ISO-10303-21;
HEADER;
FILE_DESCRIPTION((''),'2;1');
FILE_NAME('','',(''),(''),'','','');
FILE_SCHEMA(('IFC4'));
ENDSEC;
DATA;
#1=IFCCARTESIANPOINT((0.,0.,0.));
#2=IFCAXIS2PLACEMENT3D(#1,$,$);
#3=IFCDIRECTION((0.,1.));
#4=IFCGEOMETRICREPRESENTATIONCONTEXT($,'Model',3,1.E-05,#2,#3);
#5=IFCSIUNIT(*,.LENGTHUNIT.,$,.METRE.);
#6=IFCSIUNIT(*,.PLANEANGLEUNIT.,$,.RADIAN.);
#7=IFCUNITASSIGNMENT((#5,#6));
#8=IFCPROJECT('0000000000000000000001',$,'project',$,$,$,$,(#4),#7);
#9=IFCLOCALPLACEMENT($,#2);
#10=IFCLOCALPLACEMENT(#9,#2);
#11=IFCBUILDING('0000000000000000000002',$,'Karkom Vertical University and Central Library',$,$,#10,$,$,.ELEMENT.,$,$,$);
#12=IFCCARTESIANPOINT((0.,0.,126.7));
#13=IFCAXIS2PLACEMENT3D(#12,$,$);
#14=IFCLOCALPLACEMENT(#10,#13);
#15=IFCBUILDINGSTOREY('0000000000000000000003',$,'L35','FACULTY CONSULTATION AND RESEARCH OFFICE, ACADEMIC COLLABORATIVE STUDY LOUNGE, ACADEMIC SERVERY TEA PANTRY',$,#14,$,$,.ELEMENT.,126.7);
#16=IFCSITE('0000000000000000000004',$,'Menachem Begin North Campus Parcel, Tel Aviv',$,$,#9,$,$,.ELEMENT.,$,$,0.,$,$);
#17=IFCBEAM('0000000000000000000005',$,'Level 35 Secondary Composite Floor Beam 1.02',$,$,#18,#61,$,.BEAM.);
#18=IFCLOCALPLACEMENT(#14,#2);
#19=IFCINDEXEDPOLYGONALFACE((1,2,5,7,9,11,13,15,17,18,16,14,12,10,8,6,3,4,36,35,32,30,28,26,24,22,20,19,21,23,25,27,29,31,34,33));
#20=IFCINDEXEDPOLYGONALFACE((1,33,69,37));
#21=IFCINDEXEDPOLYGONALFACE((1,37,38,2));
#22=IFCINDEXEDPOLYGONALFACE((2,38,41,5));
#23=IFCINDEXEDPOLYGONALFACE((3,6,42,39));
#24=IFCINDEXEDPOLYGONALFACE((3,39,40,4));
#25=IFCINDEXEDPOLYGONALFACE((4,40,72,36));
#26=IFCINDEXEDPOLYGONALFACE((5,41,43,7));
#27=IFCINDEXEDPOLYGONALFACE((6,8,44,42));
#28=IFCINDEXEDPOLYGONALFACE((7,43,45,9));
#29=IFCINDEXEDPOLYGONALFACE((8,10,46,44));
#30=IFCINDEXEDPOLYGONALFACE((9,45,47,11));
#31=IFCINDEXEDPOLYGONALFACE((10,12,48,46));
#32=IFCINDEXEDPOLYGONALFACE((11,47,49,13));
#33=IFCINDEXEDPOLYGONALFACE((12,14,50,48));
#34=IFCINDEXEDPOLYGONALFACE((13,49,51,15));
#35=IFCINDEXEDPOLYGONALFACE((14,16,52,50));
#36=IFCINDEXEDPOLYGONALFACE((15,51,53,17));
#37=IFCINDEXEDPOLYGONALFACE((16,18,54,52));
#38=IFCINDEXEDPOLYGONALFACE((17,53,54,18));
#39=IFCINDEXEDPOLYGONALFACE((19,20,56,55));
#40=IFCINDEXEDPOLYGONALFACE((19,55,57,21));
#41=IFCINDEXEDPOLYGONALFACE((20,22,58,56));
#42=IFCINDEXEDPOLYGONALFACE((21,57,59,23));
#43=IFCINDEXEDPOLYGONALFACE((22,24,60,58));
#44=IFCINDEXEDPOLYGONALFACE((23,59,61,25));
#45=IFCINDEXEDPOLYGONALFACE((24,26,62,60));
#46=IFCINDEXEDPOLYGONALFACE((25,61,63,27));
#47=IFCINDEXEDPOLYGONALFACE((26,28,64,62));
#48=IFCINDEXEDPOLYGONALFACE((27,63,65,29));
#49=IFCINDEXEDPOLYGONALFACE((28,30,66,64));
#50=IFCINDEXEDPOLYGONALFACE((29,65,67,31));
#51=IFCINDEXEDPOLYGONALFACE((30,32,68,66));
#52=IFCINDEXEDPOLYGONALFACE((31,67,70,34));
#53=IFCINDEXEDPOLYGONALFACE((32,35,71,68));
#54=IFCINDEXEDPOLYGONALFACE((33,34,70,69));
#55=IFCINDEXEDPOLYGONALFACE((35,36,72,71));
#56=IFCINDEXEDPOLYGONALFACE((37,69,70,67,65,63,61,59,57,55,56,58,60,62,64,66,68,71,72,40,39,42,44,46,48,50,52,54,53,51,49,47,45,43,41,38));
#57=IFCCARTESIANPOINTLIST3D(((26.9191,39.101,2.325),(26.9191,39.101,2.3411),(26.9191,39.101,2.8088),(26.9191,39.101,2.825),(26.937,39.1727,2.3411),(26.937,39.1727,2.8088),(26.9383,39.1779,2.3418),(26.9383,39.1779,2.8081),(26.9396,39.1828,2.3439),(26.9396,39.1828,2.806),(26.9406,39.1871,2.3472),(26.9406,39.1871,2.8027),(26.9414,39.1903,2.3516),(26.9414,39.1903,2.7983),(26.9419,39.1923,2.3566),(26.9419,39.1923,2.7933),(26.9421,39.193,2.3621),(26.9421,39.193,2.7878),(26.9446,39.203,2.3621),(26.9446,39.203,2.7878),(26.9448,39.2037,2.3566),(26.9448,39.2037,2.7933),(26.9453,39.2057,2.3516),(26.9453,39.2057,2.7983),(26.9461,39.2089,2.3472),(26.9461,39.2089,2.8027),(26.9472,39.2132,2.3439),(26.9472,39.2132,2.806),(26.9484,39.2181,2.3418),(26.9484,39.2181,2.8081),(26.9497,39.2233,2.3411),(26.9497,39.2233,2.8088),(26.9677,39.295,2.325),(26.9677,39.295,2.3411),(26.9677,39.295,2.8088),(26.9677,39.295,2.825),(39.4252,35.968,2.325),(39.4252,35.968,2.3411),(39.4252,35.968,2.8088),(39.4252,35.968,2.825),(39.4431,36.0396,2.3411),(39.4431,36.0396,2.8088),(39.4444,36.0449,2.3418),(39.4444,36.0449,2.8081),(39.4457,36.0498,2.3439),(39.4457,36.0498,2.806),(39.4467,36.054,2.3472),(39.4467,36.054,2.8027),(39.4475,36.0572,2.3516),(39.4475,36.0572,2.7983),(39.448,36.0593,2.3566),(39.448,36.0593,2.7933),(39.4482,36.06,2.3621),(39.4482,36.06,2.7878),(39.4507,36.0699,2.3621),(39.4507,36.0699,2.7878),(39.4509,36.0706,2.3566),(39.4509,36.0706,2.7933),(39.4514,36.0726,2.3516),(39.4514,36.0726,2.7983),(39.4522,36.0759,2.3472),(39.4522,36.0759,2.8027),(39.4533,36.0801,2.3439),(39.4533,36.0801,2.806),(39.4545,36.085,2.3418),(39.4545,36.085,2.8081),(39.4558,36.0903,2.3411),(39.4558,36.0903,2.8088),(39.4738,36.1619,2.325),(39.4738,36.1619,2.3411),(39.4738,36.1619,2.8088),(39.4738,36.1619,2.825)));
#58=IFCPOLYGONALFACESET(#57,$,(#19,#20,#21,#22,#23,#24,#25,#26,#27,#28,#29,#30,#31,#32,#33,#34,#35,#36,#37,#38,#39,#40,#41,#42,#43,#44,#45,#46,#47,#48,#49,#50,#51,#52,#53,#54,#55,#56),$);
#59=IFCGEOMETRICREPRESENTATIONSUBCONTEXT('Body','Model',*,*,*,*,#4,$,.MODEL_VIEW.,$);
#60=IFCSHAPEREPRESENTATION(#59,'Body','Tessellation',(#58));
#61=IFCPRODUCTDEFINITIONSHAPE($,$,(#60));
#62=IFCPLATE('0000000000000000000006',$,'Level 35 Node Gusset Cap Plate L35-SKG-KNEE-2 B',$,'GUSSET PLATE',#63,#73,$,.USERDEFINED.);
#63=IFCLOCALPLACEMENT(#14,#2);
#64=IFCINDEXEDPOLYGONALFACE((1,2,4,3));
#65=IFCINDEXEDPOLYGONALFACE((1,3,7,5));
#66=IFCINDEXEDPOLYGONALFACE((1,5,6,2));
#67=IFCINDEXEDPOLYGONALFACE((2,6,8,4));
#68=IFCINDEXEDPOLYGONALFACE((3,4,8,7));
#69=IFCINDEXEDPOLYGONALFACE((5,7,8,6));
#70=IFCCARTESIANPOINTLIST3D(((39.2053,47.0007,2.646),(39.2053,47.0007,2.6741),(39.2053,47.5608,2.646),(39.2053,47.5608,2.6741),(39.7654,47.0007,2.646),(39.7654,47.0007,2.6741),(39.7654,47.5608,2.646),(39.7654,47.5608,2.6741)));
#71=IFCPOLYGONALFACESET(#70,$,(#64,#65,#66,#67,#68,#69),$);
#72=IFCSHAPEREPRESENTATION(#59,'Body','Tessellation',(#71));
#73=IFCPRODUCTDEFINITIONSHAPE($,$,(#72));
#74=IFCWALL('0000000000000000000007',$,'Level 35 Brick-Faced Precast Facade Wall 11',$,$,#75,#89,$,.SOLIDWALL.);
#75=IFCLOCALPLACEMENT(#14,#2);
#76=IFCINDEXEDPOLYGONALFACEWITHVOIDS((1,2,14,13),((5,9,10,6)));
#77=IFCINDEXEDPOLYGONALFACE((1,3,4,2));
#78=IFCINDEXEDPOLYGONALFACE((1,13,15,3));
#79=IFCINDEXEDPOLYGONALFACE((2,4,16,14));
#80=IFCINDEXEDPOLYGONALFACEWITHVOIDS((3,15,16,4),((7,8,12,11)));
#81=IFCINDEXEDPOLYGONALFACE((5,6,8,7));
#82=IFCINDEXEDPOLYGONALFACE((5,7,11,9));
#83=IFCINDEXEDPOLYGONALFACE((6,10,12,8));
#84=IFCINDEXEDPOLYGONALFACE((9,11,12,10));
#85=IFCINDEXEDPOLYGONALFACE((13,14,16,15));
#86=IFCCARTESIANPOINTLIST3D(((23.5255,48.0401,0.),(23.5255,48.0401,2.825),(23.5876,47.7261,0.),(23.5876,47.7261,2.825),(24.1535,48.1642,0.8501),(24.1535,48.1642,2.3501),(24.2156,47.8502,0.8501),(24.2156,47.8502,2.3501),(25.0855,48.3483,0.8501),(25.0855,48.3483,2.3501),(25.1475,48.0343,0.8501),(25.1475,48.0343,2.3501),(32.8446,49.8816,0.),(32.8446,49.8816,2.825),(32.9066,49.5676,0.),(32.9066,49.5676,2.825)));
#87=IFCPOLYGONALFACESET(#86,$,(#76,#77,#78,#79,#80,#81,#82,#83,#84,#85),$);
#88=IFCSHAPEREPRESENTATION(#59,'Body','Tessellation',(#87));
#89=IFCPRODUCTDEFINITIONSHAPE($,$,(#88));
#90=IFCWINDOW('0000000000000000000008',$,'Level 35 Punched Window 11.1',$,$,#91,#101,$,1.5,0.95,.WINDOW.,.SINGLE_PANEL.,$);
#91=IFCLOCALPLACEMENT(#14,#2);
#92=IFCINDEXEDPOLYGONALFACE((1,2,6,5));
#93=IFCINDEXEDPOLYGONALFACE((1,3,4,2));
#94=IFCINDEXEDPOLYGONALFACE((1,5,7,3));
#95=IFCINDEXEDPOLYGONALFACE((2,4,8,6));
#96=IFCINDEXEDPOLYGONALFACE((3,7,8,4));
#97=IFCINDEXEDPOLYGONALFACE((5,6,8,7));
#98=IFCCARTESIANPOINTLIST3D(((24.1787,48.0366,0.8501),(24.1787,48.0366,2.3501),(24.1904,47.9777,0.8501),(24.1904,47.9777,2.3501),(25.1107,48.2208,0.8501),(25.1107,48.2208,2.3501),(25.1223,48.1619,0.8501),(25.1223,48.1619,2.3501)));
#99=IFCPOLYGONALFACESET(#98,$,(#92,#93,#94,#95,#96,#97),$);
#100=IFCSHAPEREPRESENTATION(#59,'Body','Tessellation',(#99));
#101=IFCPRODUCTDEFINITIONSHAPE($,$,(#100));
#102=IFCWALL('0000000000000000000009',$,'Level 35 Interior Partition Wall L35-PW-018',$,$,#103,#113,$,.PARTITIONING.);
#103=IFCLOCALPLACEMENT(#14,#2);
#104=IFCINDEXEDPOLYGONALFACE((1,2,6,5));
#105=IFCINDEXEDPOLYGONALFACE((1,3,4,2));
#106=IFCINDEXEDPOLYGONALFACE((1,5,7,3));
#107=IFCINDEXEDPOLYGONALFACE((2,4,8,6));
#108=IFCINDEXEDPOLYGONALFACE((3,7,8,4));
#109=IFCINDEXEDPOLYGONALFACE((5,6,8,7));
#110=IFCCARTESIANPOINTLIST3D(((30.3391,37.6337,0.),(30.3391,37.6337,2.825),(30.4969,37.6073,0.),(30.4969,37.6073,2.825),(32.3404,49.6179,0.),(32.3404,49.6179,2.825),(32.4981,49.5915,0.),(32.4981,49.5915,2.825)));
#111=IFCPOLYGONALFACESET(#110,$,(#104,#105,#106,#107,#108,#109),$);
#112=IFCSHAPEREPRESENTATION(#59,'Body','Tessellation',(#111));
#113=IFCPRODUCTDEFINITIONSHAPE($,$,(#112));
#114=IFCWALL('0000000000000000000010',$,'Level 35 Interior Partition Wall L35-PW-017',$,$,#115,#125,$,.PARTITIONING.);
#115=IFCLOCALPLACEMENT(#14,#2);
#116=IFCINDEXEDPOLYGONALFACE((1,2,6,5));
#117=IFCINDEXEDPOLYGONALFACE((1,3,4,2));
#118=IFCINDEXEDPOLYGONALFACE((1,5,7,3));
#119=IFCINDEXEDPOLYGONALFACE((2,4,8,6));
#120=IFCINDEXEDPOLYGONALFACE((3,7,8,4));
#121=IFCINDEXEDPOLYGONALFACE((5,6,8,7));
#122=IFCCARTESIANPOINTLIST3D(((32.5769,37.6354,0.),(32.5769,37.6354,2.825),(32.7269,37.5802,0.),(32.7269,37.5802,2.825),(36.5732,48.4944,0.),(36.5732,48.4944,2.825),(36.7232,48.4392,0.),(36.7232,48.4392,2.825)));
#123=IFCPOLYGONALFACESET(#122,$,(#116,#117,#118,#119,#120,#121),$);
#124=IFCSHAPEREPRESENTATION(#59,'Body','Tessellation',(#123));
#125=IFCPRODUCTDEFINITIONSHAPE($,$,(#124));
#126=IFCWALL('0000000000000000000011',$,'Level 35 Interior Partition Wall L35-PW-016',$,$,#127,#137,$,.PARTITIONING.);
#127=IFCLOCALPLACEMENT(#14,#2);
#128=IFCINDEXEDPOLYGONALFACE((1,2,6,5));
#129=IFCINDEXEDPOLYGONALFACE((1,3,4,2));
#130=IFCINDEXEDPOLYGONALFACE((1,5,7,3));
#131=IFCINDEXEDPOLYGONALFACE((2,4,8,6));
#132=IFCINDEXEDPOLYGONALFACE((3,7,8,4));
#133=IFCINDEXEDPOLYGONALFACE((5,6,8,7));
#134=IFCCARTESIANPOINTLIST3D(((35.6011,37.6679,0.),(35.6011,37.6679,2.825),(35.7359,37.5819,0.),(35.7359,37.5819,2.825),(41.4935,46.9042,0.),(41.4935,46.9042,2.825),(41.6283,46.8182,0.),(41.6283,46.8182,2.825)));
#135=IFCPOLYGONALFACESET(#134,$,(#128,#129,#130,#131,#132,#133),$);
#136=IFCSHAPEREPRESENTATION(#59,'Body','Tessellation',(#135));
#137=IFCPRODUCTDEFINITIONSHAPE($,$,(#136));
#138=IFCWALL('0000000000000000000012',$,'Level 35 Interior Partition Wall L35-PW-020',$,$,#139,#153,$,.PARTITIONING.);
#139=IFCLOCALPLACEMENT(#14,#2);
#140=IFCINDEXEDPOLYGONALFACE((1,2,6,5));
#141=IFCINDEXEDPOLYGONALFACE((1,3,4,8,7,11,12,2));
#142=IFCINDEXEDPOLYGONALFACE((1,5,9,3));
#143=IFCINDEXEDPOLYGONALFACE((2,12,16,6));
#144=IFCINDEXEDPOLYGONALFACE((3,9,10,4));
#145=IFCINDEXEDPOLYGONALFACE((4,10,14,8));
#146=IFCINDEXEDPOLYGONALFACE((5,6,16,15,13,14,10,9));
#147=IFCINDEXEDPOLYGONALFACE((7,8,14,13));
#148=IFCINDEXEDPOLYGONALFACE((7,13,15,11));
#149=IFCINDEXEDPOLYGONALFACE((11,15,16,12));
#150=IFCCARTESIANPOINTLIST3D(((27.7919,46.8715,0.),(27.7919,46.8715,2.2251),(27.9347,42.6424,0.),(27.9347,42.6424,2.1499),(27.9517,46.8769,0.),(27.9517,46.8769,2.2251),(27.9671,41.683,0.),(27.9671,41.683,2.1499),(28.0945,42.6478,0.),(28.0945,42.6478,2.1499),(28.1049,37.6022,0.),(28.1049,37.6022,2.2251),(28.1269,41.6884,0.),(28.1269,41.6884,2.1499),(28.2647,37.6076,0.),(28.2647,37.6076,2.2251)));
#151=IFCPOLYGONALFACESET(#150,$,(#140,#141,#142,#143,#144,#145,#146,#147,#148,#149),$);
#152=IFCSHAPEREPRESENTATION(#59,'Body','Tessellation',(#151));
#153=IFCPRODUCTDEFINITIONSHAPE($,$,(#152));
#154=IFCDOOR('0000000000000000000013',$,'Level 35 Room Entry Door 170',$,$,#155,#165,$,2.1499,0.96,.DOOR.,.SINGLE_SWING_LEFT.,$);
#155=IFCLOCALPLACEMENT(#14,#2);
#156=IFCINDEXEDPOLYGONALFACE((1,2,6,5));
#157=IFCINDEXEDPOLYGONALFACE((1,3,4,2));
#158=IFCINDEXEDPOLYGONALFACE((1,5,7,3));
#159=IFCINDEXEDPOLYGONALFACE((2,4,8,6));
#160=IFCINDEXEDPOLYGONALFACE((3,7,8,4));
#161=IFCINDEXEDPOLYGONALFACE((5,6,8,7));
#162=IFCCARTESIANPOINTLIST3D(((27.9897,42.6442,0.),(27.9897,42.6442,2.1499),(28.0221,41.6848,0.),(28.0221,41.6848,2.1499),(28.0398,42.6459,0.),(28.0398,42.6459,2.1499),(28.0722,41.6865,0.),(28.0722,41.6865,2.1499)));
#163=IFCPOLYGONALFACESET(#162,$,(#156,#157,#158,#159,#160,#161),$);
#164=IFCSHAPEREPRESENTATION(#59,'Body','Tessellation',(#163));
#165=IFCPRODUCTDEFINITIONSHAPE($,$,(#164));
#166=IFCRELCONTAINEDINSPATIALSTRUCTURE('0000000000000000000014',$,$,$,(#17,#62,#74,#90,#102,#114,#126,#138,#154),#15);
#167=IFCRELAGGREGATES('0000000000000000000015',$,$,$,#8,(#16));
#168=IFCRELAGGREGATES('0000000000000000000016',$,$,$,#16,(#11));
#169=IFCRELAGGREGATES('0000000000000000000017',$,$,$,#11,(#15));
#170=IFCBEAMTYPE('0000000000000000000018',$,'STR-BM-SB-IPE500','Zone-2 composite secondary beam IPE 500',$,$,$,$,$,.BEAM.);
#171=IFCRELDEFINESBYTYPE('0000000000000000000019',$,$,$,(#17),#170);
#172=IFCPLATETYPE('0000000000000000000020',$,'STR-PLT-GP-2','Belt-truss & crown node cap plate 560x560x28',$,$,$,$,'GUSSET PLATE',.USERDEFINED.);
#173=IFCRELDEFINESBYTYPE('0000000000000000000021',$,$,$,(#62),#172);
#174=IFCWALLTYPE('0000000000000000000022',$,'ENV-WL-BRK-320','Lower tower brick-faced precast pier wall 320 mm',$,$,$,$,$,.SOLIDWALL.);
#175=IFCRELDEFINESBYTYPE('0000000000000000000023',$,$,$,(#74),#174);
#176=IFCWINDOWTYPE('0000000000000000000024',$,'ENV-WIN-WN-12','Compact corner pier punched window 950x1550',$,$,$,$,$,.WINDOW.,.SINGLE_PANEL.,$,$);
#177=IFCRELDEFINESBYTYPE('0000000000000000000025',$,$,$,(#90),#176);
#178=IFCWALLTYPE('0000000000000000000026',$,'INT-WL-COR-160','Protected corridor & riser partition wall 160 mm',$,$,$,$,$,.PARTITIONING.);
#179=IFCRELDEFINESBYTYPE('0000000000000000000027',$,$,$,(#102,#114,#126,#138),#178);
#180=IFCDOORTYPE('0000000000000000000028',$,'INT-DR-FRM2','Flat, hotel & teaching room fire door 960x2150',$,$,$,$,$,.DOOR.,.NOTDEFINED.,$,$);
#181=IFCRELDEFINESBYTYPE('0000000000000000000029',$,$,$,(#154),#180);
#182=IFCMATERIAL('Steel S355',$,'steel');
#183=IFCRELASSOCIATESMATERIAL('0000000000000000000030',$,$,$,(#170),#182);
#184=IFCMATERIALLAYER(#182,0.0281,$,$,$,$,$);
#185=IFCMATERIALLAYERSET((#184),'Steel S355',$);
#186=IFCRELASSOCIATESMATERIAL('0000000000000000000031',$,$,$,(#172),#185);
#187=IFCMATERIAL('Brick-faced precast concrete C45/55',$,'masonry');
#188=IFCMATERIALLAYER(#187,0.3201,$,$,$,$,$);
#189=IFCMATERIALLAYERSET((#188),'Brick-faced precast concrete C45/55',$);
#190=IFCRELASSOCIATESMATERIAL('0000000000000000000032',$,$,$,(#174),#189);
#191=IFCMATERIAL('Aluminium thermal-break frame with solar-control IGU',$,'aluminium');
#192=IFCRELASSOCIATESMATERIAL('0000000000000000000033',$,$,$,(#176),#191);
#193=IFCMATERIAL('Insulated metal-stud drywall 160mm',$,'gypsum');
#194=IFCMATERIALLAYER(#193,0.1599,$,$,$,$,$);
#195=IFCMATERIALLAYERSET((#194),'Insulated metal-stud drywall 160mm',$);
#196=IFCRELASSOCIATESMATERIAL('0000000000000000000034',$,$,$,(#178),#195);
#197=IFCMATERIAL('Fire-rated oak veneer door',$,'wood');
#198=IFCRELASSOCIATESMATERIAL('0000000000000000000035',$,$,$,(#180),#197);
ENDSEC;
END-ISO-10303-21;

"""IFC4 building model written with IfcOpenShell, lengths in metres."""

from ifc_helpers import new_model, si_unit, direction, frame, frame_2d, origin, origin_with_axes, origin_2d, place, context, subcontext, project, spatial, rectangle, i_section, extrude, source, transform, mapped, material, layer, layer_set, material_profile, profile_set, type_object, element, fill, save


model = new_model("IFC4")

# Units and contexts
model_context = context("Model", 3, precision=1e-05, world=origin(), true_north=direction((0.0, 1.0)))
body_context = subcontext(model_context, "Body", "Model", "MODEL_VIEW")
ifc_project = project(units=[si_unit("LENGTHUNIT", "METRE"), si_unit("PLANEANGLEUNIT", "RADIAN")], contexts=[model_context])

# Site, building, storey
site_placement = place(None, origin())
site = spatial("IfcSite", under=ifc_project, at=site_placement, Name="Menachem Begin North Campus Parcel, Tel Aviv", CompositionType="ELEMENT", RefElevation=0.0)
building_placement = place(site_placement, origin())
building = spatial("IfcBuilding", under=site, at=building_placement, Name="Karkom Vertical University and Central Library", CompositionType="ELEMENT")
storey_placement = place(building_placement, frame((0.0, 0.0, 126.7)))
storey = spatial("IfcBuildingStorey", under=building, at=storey_placement, Name="L35", Description="FACULTY CONSULTATION AND RESEARCH OFFICE, ACADEMIC COLLABORATIVE STUDY LOUNGE, ACADEMIC SERVERY TEA PANTRY", CompositionType="ELEMENT", Elevation=126.7)

# Beam
ifc_material_1 = material(Name="Steel S355", Category="steel")
ifc_material_profile = material_profile(ifc_material_1, i_section(OverallWidth=0.2, OverallDepth=0.5, WebThickness=0.0103, FlangeThickness=0.0161, FilletRadius=0.021, at=origin_2d()), Name="IPE 500")
ifc_profile_set = profile_set([ifc_material_profile], Name="Steel S355")
beam_type = type_object("IfcBeamType", Name="STR-BM-SB-IPE500", Description="Zone-2 composite secondary beam IPE 500", PredefinedType="BEAM", material=ifc_profile_set)
shared_shape_1 = source(origin_with_axes(), body_context, "Body", "SweptSolid", [
    extrude(i_section(OverallWidth=0.2, OverallDepth=0.5, WebThickness=0.0103, FlangeThickness=0.0161, FilletRadius=0.021, at=origin_2d()), origin(), (0.0, 0.0, 1.0), 12.8926),
])
beam_placement = place(storey_placement, frame((39.4495, 36.0649, 2.575), z_axis=(-0.970023, 0.243012, 0.0), x_axis=(-0.243012, -0.970023, 0.0)))
element("IfcBeam", 1, at=beam_placement, inside=storey, type_object=beam_type, Name="Level 35 Secondary Composite Floor Beam 1.02", PredefinedType="BEAM", context=body_context, shape_type="MappedRepresentation", body=[
    mapped(shared_shape_1, transform((0.0, 0.0, 0.0), scale=1.0)),
])

# Plate
ifc_layer_1 = layer(ifc_material_1, 0.0281)
ifc_layer_set_1 = layer_set([ifc_layer_1], Name="Steel S355")
plate_type = type_object("IfcPlateType", Name="STR-PLT-GP-2", Description="Belt-truss & crown node cap plate 560x560x28", ElementType="GUSSET PLATE", PredefinedType="USERDEFINED", material=ifc_layer_set_1)
shared_shape_2 = source(origin_with_axes(), body_context, "Body", "SweptSolid", [
    extrude(rectangle(XDim=0.5601, YDim=0.5601, at=origin_2d()), origin(), (0.0, 0.0, 1.0), 0.0281),
])
plate_placement = place(storey_placement, frame((39.4854, 47.2808, 2.646), z_axis=(0.0, 0.0, 1.0), x_axis=(1.0, 0.0, 0.0)))
element("IfcPlate", 2, at=plate_placement, inside=storey, type_object=plate_type, Name="Level 35 Node Gusset Cap Plate L35-SKG-KNEE-2 B", ObjectType="GUSSET PLATE", PredefinedType="USERDEFINED", context=body_context, shape_type="MappedRepresentation", body=[
    mapped(shared_shape_2, transform((0.0, 0.0, 0.0), scale=1.0)),
])

# Wall, opening, window
ifc_material_2 = material(Name="Brick-faced precast concrete C45/55", Category="masonry")
ifc_layer_2 = layer(ifc_material_2, 0.3201)
ifc_layer_set_2 = layer_set([ifc_layer_2], Name="Brick-faced precast concrete C45/55")
wall_type_1 = type_object("IfcWallType", Name="ENV-WL-BRK-320", Description="Lower tower brick-faced precast pier wall 320 mm", PredefinedType="SOLIDWALL", material=ifc_layer_set_2)
wall_1_placement = place(storey_placement, frame((32.8755, 49.7246, 0.0), z_axis=(0.0, 0.0, 1.0), x_axis=(-0.981029, -0.193862, 0.0)))
wall_1 = element("IfcWall", 3, at=wall_1_placement, inside=storey, type_object=wall_type_1, Name="Level 35 Brick-Faced Precast Facade Wall 11", PredefinedType="SOLIDWALL", context=body_context, shape_type="SweptSolid", body=[
    extrude(rectangle(XDim=9.4993, YDim=0.3201, at=frame_2d((4.7495, 0.0))), origin(), (0.0, 0.0, 1.0), 2.825),
])
opening_1_placement = place(wall_1_placement, frame((7.9089, 0.0, 0.8501)))
opening_1 = element("IfcOpeningElement", 4, at=opening_1_placement, cuts=wall_1, PredefinedType="OPENING", context=body_context, shape_type="SweptSolid", body=[
    extrude(rectangle(XDim=0.95, YDim=1.5, at=frame_2d((0.4751, 0.75))), frame((0.0, 0.1699, 0.0), z_axis=(0.0, -1.0, 0.0), x_axis=(1.0, 0.0, 0.0)), (0.0, 0.0, 1.0), 0.3401),
])
ifc_material_3 = material(Name="Aluminium thermal-break frame with solar-control IGU", Category="aluminium")
window_type = type_object("IfcWindowType", Name="ENV-WIN-WN-12", Description="Compact corner pier punched window 950x1550", PartitioningType="SINGLE_PANEL", PredefinedType="WINDOW", material=ifc_material_3)
shared_shape_3 = source(origin_with_axes(), body_context, "Body", "SweptSolid", [
    extrude(rectangle(XDim=0.95, YDim=1.5, at=frame_2d((0.4751, 0.75))), frame((0.0, 0.03, 0.0), z_axis=(0.0, -1.0, 0.0), x_axis=(1.0, 0.0, 0.0)), (0.0, 0.0, 1.0), 0.0601),
])
window_placement = place(opening_1_placement, origin())
window = element("IfcWindow", 5, at=window_placement, inside=storey, type_object=window_type, Name="Level 35 Punched Window 11.1", OverallHeight=1.5, OverallWidth=0.95, PartitioningType="SINGLE_PANEL", PredefinedType="WINDOW", context=body_context, shape_type="MappedRepresentation", body=[
    mapped(shared_shape_3, transform((0.0, 0.0, 0.0), scale=1.0)),
])
fill(opening_1, window)

# Shared definitions
ifc_material_4 = material(Name="Insulated metal-stud drywall 160mm", Category="gypsum")
ifc_layer_3 = layer(ifc_material_4, 0.1599)
ifc_layer_set_3 = layer_set([ifc_layer_3], Name="Insulated metal-stud drywall 160mm")
wall_type_2 = type_object("IfcWallType", Name="INT-WL-COR-160", Description="Protected corridor & riser partition wall 160 mm", PredefinedType="PARTITIONING", material=ifc_layer_set_3)
ifc_material_5 = material(Name="Fire-rated oak veneer door", Category="wood")
door_type_1 = type_object("IfcDoorType", Name="INT-DR-FRM2", Description="Flat, hotel & teaching room fire door 960x2150", OperationType="NOTDEFINED", PredefinedType="DOOR", material=ifc_material_5)
shared_shape_4 = source(origin_with_axes(), body_context, "Body", "SweptSolid", [
    extrude(rectangle(XDim=0.96, YDim=2.1499, at=frame_2d((0.48, 1.075))), frame((0.0, 0.0249, 0.0), z_axis=(0.0, -1.0, 0.0), x_axis=(1.0, 0.0, 0.0)), (0.0, 0.0, 1.0), 0.05),
])

# Walls
wall_2_placement = place(storey_placement, frame((30.418, 37.6204, 0.0), z_axis=(0.0, 0.0, 1.0), x_axis=(0.164709, 0.986342, 0.0)))
element("IfcWall", 6, at=wall_2_placement, inside=storey, type_object=wall_type_2, Name="Level 35 Interior Partition Wall L35-PW-018", PredefinedType="PARTITIONING", context=body_context, shape_type="SweptSolid", body=[
    extrude(rectangle(XDim=12.1501, YDim=0.1599, at=frame_2d((6.0752, 0.0))), origin(), (0.0, 0.0, 1.0), 2.825),
])
wall_3_placement = place(storey_placement, frame((32.6519, 37.6077, 0.0), z_axis=(0.0, 0.0, 1.0), x_axis=(0.345371, 0.938466, 0.0)))
element("IfcWall", 7, at=wall_3_placement, inside=storey, type_object=wall_type_2, Name="Level 35 Interior Partition Wall L35-PW-017", PredefinedType="PARTITIONING", context=body_context, shape_type="SweptSolid", body=[
    extrude(rectangle(XDim=11.571, YDim=0.1599, at=frame_2d((5.7856, 0.0))), origin(), (0.0, 0.0, 1.0), 2.825),
])
wall_4_placement = place(storey_placement, frame((35.6685, 37.6248, 0.0), z_axis=(0.0, 0.0, 1.0), x_axis=(0.537828, 0.843054, 0.0)))
element("IfcWall", 8, at=wall_4_placement, inside=storey, type_object=wall_type_2, Name="Level 35 Interior Partition Wall L35-PW-016", PredefinedType="PARTITIONING", context=body_context, shape_type="SweptSolid", body=[
    extrude(rectangle(XDim=10.9558, YDim=0.1599, at=frame_2d((5.478, 0.0))), origin(), (0.0, 0.0, 1.0), 2.825),
])

# Wall, opening, door
wall_5_placement = place(storey_placement, frame((28.1848, 37.605, 0.0), z_axis=(0.0, 0.0, 1.0), x_axis=(-0.033747, 0.99943, 0.0)))
wall_5 = element("IfcWall", 9, at=wall_5_placement, inside=storey, type_object=wall_type_2, Name="Level 35 Interior Partition Wall L35-PW-020", PredefinedType="PARTITIONING", context=body_context, shape_type="SweptSolid", body=[
    extrude(rectangle(XDim=9.2747, YDim=0.1599, at=frame_2d((4.6372, 0.0))), origin(), (0.0, 0.0, 1.0), 2.2251),
])
opening_2_placement = place(wall_5_placement, frame((4.083, 0.0, 0.0)))
opening_2 = element("IfcOpeningElement", 10, at=opening_2_placement, cuts=wall_5, PredefinedType="OPENING", context=body_context, shape_type="SweptSolid", body=[
    extrude(rectangle(XDim=0.96, YDim=2.1499, at=frame_2d((0.48, 1.075))), frame((0.0, 0.0898, 0.0), z_axis=(0.0, -1.0, 0.0), x_axis=(1.0, 0.0, 0.0)), (0.0, 0.0, 1.0), 0.1799),
])
door_1_placement = place(opening_2_placement, origin())
door_1 = element("IfcDoor", 11, at=door_1_placement, inside=storey, type_object=door_type_1, Name="Level 35 Room Entry Door 170", OperationType="SINGLE_SWING_LEFT", OverallHeight=2.1499, OverallWidth=0.96, PredefinedType="DOOR", context=body_context, shape_type="MappedRepresentation", body=[
    mapped(shared_shape_4, transform((0.0, 0.0, 0.0), scale=1.0)),
])
fill(opening_2, door_1)

save(model, "model.ifc")
